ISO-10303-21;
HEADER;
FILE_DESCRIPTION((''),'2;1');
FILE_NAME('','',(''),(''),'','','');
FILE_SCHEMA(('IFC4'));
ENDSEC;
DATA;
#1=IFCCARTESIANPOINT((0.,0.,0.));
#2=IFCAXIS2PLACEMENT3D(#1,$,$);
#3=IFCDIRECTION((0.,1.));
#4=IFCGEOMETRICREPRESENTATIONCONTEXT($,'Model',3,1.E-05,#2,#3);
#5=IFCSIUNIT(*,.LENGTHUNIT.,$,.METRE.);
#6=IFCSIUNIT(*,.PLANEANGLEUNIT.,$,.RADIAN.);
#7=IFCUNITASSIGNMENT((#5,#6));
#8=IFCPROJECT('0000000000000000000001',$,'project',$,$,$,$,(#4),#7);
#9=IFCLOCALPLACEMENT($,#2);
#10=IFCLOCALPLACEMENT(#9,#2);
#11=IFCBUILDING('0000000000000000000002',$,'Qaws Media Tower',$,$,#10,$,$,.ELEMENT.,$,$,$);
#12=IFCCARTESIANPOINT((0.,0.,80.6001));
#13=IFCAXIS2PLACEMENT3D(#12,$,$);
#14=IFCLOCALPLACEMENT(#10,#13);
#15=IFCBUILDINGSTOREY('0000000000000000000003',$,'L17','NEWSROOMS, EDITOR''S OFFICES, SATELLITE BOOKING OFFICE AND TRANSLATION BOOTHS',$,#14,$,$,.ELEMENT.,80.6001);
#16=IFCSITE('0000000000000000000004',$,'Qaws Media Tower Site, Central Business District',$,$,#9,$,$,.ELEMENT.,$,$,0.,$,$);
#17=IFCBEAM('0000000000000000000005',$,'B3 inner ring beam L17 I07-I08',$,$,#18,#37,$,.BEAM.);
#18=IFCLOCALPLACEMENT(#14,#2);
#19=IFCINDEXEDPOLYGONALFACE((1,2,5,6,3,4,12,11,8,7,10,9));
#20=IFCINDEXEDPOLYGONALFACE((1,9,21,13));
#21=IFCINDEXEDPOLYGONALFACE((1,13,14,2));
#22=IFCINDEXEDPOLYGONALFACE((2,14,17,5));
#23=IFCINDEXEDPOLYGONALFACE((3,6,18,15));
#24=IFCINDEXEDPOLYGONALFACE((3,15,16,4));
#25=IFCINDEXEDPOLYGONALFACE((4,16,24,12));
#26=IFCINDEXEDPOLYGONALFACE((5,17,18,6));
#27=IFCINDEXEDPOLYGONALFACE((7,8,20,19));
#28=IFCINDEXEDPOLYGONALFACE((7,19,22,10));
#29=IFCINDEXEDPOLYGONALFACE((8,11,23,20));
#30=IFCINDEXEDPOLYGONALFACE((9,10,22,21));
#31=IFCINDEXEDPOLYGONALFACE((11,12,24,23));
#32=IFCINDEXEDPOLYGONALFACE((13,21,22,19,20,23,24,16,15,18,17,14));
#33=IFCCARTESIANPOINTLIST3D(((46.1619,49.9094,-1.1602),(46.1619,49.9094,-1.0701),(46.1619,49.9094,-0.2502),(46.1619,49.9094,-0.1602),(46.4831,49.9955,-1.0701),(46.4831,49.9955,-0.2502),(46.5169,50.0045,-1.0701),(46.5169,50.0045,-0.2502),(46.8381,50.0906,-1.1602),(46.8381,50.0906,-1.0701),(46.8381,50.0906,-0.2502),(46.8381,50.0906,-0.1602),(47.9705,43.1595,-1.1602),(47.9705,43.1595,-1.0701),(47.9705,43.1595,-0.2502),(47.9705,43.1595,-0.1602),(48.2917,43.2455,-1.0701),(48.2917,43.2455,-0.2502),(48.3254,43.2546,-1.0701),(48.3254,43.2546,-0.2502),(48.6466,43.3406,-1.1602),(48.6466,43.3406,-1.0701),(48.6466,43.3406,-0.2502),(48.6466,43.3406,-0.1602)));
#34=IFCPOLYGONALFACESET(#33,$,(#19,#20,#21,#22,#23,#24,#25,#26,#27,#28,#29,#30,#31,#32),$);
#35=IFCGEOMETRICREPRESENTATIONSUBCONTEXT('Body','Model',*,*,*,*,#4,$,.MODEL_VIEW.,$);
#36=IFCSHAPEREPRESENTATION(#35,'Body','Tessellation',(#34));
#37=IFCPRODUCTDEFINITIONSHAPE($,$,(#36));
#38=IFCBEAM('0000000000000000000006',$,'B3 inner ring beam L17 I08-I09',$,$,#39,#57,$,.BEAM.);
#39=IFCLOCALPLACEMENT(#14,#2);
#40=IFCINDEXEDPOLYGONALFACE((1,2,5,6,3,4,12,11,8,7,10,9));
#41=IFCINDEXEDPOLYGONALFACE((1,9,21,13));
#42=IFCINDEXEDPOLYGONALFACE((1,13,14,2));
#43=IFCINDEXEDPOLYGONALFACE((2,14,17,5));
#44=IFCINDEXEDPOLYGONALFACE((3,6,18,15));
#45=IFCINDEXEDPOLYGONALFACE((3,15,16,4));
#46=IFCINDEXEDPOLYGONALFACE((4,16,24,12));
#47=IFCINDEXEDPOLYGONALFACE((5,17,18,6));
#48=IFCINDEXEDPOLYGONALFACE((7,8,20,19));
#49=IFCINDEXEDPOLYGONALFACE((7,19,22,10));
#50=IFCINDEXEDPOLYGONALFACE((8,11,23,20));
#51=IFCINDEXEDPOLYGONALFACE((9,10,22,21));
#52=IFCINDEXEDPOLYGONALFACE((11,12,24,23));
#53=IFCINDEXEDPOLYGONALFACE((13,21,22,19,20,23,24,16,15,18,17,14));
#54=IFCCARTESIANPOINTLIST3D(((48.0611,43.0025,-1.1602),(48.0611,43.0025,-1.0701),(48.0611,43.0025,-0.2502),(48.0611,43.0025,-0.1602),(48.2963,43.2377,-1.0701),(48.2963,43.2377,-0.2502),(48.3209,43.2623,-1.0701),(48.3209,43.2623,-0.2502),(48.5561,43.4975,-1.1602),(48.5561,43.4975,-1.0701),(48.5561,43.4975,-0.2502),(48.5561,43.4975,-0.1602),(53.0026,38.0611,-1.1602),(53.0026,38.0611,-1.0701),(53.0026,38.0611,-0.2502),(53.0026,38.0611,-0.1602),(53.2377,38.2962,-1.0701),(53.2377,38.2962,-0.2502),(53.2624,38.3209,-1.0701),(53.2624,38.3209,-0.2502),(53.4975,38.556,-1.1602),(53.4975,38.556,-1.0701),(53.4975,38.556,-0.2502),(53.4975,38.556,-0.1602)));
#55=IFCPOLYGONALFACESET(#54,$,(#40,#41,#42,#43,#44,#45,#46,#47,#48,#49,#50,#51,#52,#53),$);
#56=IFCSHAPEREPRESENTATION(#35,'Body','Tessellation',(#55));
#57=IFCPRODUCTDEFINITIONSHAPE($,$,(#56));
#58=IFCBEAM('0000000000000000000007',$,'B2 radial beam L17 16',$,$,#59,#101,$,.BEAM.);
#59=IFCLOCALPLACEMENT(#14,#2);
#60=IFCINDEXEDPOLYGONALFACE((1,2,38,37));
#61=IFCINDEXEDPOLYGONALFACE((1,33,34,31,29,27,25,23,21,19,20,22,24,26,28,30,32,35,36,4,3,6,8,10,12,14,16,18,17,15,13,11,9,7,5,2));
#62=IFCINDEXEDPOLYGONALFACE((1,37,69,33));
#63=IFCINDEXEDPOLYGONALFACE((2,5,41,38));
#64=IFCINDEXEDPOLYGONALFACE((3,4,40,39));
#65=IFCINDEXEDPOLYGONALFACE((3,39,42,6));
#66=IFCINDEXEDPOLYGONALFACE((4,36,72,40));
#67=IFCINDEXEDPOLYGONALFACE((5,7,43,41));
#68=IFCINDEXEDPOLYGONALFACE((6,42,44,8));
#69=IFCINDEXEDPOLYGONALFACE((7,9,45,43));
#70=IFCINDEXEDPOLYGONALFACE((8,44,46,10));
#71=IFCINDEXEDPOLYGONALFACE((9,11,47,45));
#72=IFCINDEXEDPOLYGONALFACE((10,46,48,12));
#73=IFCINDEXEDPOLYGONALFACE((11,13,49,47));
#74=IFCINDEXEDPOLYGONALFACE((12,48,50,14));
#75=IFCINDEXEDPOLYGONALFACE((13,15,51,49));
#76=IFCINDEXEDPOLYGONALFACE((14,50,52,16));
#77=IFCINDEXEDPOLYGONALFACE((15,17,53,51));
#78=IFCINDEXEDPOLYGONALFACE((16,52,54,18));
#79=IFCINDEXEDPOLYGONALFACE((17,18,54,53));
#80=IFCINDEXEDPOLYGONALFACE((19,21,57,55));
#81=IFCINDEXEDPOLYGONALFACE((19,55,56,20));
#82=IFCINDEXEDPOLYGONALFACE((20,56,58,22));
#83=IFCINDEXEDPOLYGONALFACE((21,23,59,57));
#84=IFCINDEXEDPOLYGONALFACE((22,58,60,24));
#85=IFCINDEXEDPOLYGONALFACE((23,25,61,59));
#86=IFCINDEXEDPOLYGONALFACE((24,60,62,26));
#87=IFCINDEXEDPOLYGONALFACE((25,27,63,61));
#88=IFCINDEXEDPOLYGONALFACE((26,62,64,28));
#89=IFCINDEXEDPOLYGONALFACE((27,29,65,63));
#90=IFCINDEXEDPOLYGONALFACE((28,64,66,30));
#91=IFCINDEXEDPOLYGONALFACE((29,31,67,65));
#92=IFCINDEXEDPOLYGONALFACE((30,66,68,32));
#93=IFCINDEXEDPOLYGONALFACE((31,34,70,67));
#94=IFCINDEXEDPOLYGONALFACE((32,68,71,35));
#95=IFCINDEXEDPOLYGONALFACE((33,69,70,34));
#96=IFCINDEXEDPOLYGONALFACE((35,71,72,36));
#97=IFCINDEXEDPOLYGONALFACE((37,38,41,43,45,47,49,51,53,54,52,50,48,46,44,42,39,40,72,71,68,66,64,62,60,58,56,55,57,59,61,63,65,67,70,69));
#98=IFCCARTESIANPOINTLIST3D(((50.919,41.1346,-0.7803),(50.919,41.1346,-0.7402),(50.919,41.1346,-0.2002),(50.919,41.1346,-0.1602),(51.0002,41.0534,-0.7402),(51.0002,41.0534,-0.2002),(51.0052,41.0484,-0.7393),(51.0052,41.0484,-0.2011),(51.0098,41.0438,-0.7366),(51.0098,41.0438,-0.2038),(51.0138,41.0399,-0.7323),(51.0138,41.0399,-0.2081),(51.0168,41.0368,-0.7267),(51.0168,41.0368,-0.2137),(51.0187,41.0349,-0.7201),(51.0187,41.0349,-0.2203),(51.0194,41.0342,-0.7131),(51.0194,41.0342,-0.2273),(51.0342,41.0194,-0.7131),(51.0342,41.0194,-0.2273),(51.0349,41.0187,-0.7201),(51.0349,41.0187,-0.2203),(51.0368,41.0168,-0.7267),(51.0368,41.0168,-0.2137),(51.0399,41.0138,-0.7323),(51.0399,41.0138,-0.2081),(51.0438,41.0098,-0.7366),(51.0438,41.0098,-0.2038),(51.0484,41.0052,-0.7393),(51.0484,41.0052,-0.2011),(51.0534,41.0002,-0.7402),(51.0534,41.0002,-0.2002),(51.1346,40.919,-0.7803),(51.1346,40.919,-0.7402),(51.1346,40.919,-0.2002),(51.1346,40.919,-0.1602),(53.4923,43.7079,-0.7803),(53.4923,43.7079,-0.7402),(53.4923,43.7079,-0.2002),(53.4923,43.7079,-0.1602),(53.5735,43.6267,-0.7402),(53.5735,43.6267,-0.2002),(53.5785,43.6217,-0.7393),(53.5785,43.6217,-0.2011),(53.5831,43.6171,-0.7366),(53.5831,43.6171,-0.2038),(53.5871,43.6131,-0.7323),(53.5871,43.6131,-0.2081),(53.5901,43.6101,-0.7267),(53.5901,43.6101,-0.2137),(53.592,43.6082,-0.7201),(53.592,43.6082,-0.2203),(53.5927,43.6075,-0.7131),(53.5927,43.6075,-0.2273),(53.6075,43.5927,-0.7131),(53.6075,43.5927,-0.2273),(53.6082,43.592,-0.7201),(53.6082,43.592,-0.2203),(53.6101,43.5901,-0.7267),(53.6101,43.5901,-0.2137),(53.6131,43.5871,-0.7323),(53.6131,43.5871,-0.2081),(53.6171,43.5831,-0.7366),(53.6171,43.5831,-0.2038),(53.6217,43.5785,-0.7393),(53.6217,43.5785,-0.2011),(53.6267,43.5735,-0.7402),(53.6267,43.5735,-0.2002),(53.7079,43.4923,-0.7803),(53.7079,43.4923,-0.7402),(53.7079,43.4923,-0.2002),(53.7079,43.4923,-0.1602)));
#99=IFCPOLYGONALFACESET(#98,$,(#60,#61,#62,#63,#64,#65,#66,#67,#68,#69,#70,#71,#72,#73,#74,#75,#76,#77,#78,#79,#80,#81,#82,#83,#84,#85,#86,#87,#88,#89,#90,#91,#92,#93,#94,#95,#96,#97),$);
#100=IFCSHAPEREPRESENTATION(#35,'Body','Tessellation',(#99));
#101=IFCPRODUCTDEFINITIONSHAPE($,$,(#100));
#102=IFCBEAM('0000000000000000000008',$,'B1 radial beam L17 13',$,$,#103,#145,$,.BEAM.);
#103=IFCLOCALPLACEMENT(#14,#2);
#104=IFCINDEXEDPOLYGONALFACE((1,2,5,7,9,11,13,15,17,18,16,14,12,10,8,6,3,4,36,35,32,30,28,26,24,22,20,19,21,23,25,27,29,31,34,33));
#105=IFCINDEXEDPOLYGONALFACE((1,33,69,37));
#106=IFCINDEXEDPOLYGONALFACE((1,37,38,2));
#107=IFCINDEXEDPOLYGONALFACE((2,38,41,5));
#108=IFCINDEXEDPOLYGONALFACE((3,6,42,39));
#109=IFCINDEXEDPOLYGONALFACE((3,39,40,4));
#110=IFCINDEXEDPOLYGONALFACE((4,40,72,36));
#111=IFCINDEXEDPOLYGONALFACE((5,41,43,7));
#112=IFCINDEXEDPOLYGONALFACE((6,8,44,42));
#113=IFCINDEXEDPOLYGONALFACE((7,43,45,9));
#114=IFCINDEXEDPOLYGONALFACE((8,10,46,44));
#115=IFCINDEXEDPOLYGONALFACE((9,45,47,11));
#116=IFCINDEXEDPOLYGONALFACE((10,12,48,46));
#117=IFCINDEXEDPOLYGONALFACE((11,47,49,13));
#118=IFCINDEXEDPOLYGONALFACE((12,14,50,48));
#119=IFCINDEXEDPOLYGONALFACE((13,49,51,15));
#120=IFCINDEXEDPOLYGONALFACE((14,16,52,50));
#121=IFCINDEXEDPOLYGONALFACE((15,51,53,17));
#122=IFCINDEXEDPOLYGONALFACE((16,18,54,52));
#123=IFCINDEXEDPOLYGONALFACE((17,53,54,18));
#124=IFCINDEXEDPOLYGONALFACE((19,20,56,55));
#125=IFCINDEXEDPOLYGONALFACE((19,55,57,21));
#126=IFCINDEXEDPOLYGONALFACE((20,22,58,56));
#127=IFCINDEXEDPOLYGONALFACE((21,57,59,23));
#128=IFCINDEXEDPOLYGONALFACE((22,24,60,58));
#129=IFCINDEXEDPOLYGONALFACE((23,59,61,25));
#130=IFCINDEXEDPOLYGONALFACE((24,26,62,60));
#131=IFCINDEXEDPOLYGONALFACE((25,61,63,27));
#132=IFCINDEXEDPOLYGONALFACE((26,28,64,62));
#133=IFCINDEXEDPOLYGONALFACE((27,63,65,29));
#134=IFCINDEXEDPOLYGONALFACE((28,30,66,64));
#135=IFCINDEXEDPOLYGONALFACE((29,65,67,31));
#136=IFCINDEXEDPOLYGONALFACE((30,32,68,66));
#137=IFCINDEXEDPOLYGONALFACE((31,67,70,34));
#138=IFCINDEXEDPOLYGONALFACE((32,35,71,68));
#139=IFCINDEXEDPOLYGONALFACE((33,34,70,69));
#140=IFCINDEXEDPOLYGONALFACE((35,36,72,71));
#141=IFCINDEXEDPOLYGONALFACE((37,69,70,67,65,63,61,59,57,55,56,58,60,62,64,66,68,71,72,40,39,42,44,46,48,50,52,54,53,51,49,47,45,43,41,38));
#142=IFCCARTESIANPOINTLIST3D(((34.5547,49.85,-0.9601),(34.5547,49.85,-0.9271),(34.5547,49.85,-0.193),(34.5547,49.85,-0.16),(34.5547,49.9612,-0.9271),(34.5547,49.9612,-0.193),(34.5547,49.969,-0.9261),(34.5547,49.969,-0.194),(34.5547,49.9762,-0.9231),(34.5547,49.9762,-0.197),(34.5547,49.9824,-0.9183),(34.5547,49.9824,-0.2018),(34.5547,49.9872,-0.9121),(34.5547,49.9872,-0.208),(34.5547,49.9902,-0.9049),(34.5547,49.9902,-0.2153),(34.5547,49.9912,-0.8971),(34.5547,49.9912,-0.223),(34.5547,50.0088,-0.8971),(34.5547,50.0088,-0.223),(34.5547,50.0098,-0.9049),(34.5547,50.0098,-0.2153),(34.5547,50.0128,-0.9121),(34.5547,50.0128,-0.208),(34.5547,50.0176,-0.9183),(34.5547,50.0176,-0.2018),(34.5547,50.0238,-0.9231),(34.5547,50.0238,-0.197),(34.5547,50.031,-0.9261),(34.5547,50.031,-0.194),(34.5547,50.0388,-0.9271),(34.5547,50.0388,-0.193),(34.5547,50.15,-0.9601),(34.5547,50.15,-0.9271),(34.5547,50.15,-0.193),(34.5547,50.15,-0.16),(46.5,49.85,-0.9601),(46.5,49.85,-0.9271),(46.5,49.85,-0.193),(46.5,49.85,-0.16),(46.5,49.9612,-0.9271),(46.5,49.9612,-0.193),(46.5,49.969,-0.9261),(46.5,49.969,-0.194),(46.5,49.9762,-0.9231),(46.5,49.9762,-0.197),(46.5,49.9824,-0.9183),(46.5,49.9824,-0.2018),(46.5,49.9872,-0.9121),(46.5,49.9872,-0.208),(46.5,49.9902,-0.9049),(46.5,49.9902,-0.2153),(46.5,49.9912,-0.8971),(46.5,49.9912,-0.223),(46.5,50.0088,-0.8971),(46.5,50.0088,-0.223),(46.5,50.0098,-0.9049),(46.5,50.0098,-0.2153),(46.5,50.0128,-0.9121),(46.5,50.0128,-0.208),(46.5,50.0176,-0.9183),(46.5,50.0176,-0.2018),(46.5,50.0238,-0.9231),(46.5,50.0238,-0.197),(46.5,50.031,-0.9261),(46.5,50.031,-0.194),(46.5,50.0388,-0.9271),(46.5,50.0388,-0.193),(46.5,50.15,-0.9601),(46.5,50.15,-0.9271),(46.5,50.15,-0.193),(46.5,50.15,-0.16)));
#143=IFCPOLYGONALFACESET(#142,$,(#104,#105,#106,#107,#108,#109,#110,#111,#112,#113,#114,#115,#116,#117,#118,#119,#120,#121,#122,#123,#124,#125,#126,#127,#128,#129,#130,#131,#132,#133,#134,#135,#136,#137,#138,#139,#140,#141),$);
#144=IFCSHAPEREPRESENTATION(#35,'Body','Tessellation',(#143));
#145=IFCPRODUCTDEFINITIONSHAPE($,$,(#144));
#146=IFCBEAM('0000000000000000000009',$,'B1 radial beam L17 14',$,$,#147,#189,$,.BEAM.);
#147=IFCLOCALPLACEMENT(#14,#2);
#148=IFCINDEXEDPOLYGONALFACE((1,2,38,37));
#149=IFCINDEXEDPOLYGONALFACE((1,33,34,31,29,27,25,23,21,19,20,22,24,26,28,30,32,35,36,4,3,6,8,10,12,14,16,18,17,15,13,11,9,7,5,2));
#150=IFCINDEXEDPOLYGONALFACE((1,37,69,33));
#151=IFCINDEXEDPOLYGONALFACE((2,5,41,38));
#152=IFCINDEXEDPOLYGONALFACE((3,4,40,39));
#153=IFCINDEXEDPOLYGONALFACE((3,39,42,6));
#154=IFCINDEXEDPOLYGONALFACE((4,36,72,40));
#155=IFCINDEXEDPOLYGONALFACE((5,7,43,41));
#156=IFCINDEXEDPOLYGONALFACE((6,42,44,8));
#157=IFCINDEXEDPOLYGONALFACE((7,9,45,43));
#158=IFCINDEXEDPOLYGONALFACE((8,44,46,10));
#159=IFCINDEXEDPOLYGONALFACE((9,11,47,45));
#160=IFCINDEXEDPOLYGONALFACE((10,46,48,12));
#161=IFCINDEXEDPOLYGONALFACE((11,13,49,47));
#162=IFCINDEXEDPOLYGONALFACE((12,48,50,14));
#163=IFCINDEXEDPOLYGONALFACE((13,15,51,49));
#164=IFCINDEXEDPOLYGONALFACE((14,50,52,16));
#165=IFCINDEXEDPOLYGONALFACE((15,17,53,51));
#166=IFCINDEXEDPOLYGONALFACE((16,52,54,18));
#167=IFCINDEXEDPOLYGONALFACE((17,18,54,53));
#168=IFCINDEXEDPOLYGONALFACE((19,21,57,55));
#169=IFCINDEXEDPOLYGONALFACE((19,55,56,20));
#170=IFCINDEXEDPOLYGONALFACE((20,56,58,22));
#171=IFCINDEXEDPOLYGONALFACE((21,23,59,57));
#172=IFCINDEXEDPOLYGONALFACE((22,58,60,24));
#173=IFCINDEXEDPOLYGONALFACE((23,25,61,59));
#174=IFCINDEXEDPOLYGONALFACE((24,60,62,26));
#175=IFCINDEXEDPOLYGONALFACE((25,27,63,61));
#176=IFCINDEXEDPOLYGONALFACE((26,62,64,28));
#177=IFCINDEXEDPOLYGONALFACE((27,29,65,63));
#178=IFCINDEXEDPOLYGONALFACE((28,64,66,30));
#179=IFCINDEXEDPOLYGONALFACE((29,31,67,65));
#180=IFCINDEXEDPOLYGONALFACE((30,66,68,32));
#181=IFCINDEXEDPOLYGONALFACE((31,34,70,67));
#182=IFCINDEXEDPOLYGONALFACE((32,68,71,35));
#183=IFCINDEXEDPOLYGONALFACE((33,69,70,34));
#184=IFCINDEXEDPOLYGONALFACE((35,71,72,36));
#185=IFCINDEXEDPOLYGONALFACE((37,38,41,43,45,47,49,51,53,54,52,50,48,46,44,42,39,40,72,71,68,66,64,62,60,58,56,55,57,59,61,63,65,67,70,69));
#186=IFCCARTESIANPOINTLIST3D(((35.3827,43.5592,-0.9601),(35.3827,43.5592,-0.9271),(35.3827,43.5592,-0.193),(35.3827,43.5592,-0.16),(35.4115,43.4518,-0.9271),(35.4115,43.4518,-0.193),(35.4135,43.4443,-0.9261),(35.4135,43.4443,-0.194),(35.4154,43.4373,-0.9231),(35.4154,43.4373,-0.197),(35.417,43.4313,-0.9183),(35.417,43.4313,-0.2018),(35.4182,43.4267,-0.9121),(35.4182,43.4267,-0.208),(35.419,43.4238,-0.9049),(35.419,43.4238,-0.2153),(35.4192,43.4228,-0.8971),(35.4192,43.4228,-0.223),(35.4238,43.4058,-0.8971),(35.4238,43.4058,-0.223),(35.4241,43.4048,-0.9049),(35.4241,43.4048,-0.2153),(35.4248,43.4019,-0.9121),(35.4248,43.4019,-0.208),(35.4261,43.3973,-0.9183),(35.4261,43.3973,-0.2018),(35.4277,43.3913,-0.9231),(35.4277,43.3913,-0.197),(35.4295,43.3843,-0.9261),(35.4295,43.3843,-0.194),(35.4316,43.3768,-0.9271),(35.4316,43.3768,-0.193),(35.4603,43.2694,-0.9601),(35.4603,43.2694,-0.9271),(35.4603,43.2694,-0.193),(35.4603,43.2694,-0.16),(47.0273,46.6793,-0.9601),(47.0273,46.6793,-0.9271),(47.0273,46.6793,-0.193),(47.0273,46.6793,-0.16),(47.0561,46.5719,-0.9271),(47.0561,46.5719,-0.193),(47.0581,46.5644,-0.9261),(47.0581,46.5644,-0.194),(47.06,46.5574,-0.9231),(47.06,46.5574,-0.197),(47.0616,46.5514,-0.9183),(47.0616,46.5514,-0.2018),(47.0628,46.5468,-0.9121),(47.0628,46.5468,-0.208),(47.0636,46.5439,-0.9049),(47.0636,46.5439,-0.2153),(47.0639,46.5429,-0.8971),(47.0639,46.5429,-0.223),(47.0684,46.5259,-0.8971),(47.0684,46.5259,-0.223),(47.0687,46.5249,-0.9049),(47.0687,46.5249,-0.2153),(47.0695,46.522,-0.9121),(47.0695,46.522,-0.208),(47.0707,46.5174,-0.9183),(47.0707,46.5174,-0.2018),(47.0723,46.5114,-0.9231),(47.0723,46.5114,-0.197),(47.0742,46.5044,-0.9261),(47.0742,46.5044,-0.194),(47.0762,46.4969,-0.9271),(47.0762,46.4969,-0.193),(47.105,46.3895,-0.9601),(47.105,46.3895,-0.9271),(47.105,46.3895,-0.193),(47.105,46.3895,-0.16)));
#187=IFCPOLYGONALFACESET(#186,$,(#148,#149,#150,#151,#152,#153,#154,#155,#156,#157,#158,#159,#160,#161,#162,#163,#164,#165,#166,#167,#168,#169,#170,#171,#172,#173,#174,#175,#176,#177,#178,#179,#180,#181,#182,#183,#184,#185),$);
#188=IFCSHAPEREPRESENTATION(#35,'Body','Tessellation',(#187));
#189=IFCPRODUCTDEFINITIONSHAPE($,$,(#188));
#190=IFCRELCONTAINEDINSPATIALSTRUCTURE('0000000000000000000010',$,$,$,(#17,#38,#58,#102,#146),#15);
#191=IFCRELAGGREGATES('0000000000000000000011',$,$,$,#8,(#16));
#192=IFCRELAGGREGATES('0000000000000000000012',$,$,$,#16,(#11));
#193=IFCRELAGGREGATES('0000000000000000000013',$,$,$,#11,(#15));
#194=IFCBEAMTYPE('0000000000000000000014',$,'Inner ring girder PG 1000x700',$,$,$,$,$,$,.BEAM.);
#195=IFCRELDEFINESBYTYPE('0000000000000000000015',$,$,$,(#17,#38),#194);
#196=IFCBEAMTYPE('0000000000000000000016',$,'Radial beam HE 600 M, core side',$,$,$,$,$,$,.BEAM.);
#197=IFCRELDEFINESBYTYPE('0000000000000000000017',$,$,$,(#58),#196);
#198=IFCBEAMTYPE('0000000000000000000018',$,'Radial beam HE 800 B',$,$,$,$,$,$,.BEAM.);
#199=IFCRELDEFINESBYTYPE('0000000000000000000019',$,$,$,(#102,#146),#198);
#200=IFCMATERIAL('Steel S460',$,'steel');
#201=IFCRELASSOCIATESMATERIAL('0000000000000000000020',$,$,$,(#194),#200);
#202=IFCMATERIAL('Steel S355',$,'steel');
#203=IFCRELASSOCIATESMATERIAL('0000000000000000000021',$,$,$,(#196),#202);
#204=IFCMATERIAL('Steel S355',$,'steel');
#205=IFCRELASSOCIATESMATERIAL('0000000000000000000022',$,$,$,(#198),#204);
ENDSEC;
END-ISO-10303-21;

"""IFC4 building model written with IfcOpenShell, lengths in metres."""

from ifc_helpers import new_model, si_unit, direction, frame, origin, origin_2d, place, context, subcontext, project, spatial, i_section, extrude, material, material_profile, profile_set, type_object, element, save


model = new_model("IFC4")

# Units and contexts
model_context = context("Model", 3, precision=1e-05, world=origin(), true_north=direction((0.0, 1.0)))
body_context = subcontext(model_context, "Body", "Model", "MODEL_VIEW")
ifc_project = project(units=[si_unit("LENGTHUNIT", "METRE"), si_unit("PLANEANGLEUNIT", "RADIAN")], contexts=[model_context])

# Site, building, storey
site_placement = place(None, origin())
site = spatial("IfcSite", under=ifc_project, at=site_placement, Name="Qaws Media Tower Site, Central Business District", CompositionType="ELEMENT", RefElevation=0.0)
building_placement = place(site_placement, origin())
building = spatial("IfcBuilding", under=site, at=building_placement, Name="Qaws Media Tower", CompositionType="ELEMENT")
storey_placement = place(building_placement, frame((0.0, 0.0, 80.6001)))
storey = spatial("IfcBuildingStorey", under=building, at=storey_placement, Name="L17", Description="NEWSROOMS, EDITOR'S OFFICES, SATELLITE BOOKING OFFICE AND TRANSLATION BOOTHS", CompositionType="ELEMENT", Elevation=80.6001)

# Beams
ifc_material_1 = material(Name="Steel S460", Category="steel")
ifc_material_profile_1 = material_profile(ifc_material_1, i_section(OverallWidth=0.7, OverallDepth=1.0, WebThickness=0.0349, FlangeThickness=0.0901, at=origin_2d()), Name="PG 1000x700")
ifc_profile_set_1 = profile_set([ifc_material_profile_1], Name="Steel S460")
beam_type_1 = type_object("IfcBeamType", Name="Inner ring girder PG 1000x700", PredefinedType="BEAM", material=ifc_profile_set_1)
beam_1_placement = place(storey_placement, frame((46.5, 50.0, -0.6602), z_axis=(0.258811, -0.965928, 0.0), x_axis=(0.965928, 0.258811, 0.0)))
element("IfcBeam", 1, at=beam_1_placement, inside=storey, type_object=beam_type_1, Name="B3 inner ring beam L17 I07-I08", PredefinedType="BEAM", context=body_context, shape_type="SweptSolid", body=[
    extrude(i_section(OverallWidth=0.7, OverallDepth=1.0, WebThickness=0.0349, FlangeThickness=0.0901, at=origin_2d()), origin(), (0.0, 0.0, 1.0), 6.988),
])
beam_2_placement = place(storey_placement, frame((48.3086, 43.25, -0.6602), z_axis=(0.707107, -0.707107, 0.0), x_axis=(0.707107, 0.707107, 0.0)))
element("IfcBeam", 2, at=beam_2_placement, inside=storey, type_object=beam_type_1, Name="B3 inner ring beam L17 I08-I09", PredefinedType="BEAM", context=body_context, shape_type="SweptSolid", body=[
    extrude(i_section(OverallWidth=0.7, OverallDepth=1.0, WebThickness=0.0349, FlangeThickness=0.0901, at=origin_2d()), origin(), (0.0, 0.0, 1.0), 6.9883),
])
ifc_material_2 = material(Name="Steel S355", Category="steel")
ifc_material_profile_2 = material_profile(ifc_material_2, i_section(OverallWidth=0.3049, OverallDepth=0.6201, WebThickness=0.021, FlangeThickness=0.04, FilletRadius=0.0271, at=origin_2d()), Name="HE 600 M")
ifc_profile_set_2 = profile_set([ifc_material_profile_2], Name="Steel S355")
beam_type_2 = type_object("IfcBeamType", Name="Radial beam HE 600 M, core side", PredefinedType="BEAM", material=ifc_profile_set_2)
beam_3_placement = place(storey_placement, frame((53.6001, 43.6001, -0.4702), z_axis=(-0.707107, -0.707107, 0.0), x_axis=(0.707107, -0.707107, 0.0)))
element("IfcBeam", 3, at=beam_3_placement, inside=storey, type_object=beam_type_2, Name="B2 radial beam L17 16", PredefinedType="BEAM", context=body_context, shape_type="SweptSolid", body=[
    extrude(i_section(OverallWidth=0.3049, OverallDepth=0.6201, WebThickness=0.021, FlangeThickness=0.04, FilletRadius=0.0271, at=origin_2d()), origin(), (0.0, 0.0, 1.0), 3.6392),
])
ifc_material_3 = material(Name="Steel S355", Category="steel")
ifc_material_profile_3 = material_profile(ifc_material_3, i_section(OverallWidth=0.3, OverallDepth=0.8, WebThickness=0.0176, FlangeThickness=0.033, FilletRadius=0.03, at=origin_2d()), Name="HE 800 B")
ifc_profile_set_3 = profile_set([ifc_material_profile_3], Name="Steel S355")
beam_type_3 = type_object("IfcBeamType", Name="Radial beam HE 800 B", PredefinedType="BEAM", material=ifc_profile_set_3)
beam_4_placement = place(storey_placement, frame((46.5, 50.0, -0.5601), z_axis=(-1.0, 0.0, 0.0), x_axis=(0.0, -1.0, 0.0)))
element("IfcBeam", 4, at=beam_4_placement, inside=storey, type_object=beam_type_3, Name="B1 radial beam L17 13", PredefinedType="BEAM", context=body_context, shape_type="SweptSolid", body=[
    extrude(i_section(OverallWidth=0.3, OverallDepth=0.8, WebThickness=0.0176, FlangeThickness=0.033, FilletRadius=0.03, at=origin_2d()), origin(), (0.0, 0.0, 1.0), 11.9453),
])
beam_5_placement = place(storey_placement, frame((47.0662, 46.5344, -0.5601), z_axis=(-0.965926, -0.258817, 0.0), x_axis=(0.258817, -0.965926, 0.0)))
element("IfcBeam", 5, at=beam_5_placement, inside=storey, type_object=beam_type_3, Name="B1 radial beam L17 14", PredefinedType="BEAM", context=body_context, shape_type="SweptSolid", body=[
    extrude(i_section(OverallWidth=0.3, OverallDepth=0.8, WebThickness=0.0176, FlangeThickness=0.033, FilletRadius=0.03, at=origin_2d()), origin(), (0.0, 0.0, 1.0), 12.0554),
])

save(model, "model.ifc")
